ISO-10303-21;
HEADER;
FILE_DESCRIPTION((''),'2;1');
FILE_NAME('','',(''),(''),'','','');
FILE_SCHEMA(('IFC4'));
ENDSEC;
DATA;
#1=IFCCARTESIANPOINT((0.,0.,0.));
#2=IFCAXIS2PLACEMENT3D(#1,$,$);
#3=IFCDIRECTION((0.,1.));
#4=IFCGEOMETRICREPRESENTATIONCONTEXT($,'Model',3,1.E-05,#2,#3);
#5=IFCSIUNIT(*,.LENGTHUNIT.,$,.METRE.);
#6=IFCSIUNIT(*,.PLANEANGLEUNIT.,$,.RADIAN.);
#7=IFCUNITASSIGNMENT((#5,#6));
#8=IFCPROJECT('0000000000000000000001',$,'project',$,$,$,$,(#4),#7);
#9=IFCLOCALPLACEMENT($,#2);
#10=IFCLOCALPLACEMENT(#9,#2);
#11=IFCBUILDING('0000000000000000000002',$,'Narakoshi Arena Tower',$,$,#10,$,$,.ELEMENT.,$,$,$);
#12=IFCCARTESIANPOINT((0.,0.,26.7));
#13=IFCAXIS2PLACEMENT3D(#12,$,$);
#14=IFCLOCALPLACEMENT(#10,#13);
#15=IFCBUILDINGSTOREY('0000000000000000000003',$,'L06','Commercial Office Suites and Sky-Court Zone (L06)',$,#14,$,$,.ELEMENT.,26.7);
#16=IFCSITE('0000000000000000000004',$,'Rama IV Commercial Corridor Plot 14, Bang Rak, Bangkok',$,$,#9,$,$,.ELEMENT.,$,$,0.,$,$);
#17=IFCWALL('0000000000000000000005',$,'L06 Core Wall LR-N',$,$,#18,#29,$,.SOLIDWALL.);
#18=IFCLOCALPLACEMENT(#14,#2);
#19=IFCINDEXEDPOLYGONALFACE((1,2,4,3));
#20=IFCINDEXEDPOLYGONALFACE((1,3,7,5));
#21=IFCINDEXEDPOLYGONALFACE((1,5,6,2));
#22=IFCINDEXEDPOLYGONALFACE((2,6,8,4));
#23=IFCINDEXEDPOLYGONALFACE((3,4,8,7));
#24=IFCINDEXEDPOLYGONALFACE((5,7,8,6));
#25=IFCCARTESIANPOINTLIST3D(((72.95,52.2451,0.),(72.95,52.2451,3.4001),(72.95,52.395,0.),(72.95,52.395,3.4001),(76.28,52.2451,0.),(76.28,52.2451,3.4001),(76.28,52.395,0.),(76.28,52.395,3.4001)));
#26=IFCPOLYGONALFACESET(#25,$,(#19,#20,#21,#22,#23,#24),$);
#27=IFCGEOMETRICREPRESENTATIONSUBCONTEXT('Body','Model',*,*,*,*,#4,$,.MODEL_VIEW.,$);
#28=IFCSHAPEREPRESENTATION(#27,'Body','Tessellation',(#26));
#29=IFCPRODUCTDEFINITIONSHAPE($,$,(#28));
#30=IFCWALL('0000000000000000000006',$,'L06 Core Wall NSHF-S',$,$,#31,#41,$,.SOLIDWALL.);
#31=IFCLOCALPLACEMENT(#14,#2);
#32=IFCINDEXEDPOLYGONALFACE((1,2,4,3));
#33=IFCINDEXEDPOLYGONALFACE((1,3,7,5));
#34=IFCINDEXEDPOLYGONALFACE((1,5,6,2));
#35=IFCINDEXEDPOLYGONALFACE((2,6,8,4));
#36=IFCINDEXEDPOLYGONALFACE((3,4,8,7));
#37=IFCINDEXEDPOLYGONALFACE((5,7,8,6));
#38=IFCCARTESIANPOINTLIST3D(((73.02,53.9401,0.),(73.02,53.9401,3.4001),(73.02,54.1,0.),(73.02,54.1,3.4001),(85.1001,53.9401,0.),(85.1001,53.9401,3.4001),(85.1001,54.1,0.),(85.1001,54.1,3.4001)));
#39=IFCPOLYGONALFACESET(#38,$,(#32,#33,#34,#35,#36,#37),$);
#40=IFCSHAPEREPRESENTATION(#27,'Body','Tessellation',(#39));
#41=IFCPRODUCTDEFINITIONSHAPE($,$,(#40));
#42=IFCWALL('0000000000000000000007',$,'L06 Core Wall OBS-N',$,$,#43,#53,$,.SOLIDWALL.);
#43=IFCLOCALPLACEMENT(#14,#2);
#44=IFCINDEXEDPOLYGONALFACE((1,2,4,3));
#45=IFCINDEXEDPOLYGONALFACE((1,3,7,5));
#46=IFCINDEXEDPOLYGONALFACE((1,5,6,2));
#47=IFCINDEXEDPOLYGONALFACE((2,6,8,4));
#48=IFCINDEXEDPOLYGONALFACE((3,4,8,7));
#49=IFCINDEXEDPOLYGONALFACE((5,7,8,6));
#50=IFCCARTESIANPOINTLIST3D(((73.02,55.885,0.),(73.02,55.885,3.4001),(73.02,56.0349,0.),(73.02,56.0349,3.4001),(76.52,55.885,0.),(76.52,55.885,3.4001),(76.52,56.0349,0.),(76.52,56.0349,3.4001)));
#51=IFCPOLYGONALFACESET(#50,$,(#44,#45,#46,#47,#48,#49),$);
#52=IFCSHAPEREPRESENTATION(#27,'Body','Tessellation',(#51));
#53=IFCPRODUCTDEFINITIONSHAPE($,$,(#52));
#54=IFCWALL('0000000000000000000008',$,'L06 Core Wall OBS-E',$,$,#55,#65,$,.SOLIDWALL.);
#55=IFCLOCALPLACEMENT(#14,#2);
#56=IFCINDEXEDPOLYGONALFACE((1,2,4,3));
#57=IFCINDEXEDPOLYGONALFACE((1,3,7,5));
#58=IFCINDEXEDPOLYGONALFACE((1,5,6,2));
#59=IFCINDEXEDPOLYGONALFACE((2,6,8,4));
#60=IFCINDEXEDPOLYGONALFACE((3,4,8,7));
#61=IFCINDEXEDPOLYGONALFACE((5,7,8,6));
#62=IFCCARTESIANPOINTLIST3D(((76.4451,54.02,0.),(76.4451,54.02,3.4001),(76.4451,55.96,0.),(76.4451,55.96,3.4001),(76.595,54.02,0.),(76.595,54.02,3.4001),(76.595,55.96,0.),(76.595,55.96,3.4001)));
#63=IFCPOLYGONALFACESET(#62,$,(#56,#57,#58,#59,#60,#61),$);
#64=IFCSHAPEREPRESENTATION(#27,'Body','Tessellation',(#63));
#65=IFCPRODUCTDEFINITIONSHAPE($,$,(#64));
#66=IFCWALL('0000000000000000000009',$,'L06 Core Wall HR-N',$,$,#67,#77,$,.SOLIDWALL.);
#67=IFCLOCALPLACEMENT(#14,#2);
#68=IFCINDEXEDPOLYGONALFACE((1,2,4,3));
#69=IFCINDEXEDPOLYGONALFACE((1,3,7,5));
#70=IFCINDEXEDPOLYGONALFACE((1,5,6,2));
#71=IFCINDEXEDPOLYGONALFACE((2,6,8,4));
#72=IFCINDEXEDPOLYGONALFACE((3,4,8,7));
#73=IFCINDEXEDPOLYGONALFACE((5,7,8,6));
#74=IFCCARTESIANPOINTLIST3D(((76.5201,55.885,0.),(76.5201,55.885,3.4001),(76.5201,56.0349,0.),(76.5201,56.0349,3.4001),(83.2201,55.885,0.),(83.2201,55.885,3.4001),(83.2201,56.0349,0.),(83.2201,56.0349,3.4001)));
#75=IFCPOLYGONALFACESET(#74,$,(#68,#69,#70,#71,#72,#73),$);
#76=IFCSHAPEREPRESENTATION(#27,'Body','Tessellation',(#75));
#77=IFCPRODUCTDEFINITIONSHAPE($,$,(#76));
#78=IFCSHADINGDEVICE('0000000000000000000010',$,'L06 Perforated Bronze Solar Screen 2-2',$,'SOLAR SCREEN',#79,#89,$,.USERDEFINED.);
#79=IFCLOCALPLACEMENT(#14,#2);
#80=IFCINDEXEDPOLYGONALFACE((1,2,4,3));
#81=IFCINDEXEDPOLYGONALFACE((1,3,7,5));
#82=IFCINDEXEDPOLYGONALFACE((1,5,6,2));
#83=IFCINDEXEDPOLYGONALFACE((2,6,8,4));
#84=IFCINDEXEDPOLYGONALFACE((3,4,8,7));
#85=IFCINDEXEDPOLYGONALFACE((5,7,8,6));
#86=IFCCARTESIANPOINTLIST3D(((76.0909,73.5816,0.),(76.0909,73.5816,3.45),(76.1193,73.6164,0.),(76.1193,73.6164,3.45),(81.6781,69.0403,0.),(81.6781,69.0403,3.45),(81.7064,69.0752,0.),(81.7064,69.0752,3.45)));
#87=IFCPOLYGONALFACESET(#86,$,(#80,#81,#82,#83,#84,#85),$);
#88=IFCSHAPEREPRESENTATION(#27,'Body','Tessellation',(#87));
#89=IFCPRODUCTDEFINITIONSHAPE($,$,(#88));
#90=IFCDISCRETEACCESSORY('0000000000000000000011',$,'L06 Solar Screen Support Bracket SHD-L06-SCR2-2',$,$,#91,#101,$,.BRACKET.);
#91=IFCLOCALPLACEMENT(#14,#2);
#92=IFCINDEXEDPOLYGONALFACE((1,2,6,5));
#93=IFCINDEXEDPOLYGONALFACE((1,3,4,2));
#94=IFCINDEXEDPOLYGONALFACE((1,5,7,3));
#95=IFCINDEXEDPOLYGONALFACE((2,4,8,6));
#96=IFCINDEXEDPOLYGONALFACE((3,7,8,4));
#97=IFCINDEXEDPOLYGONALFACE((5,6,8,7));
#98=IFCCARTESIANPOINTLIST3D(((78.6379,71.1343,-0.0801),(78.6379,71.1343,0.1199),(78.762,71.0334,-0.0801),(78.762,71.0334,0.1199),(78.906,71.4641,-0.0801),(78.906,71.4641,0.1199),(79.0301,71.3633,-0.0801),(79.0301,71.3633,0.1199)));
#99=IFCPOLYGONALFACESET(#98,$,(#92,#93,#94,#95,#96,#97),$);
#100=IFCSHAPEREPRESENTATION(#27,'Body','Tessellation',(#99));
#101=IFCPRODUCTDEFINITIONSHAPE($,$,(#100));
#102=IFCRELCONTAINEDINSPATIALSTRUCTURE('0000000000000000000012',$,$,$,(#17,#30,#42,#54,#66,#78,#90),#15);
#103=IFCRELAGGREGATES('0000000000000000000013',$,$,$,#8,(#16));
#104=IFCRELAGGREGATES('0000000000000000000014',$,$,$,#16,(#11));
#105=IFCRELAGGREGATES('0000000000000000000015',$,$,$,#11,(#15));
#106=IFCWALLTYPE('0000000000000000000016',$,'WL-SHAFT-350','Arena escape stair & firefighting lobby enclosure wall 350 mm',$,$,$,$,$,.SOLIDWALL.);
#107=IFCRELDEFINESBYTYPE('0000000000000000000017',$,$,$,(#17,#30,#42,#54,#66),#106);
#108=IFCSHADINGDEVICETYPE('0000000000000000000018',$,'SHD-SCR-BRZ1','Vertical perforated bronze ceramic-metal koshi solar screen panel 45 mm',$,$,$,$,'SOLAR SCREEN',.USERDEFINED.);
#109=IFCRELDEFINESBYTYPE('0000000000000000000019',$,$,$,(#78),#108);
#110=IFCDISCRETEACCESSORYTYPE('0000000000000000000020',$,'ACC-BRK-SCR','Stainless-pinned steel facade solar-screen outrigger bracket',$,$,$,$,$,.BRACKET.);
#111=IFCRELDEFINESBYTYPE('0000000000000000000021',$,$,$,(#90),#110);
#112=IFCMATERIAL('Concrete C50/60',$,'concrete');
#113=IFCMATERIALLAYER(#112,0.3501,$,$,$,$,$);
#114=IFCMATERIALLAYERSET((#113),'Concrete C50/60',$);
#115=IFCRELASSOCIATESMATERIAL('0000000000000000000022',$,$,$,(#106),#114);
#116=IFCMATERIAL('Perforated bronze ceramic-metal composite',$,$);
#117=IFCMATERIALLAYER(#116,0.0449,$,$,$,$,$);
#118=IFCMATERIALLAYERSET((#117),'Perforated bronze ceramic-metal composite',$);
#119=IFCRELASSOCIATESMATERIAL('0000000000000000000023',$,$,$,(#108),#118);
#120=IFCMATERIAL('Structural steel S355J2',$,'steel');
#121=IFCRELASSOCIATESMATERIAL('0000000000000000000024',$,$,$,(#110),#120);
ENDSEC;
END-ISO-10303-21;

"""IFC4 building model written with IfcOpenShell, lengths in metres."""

from ifc_helpers import new_model, si_unit, direction, frame, frame_2d, origin, origin_2d, place, context, subcontext, project, spatial, rectangle, extrude, material, layer, layer_set, type_object, element, save


model = new_model("IFC4")

# Units and contexts
model_context = context("Model", 3, precision=1e-05, world=origin(), true_north=direction((0.0, 1.0)))
body_context = subcontext(model_context, "Body", "Model", "MODEL_VIEW")
ifc_project = project(units=[si_unit("LENGTHUNIT", "METRE"), si_unit("PLANEANGLEUNIT", "RADIAN")], contexts=[model_context])

# Site, building, storey
site_placement = place(None, origin())
site = spatial("IfcSite", under=ifc_project, at=site_placement, Name="Rama IV Commercial Corridor Plot 14, Bang Rak, Bangkok", CompositionType="ELEMENT", RefElevation=0.0)
building_placement = place(site_placement, origin())
building = spatial("IfcBuilding", under=site, at=building_placement, Name="Narakoshi Arena Tower", CompositionType="ELEMENT")
storey_placement = place(building_placement, frame((0.0, 0.0, 26.7)))
storey = spatial("IfcBuildingStorey", under=building, at=storey_placement, Name="L06", Description="Commercial Office Suites and Sky-Court Zone (L06)", CompositionType="ELEMENT", Elevation=26.7)

# Shared definitions
ifc_material_1 = material(Name="Structural steel S355J2", Category="steel")

# Walls
ifc_material_2 = material(Name="Concrete C50/60", Category="concrete")
ifc_layer_1 = layer(ifc_material_2, 0.3501)
ifc_layer_set_1 = layer_set([ifc_layer_1], Name="Concrete C50/60")
wall_type_1 = type_object("IfcWallType", Name="WL-SHAFT-350", Description="Arena escape stair & firefighting lobby enclosure wall 350 mm", PredefinedType="SOLIDWALL", material=ifc_layer_set_1)
wall_1_placement = place(storey_placement, frame((72.95, 52.3201, 0.0), z_axis=(0.0, 0.0, 1.0), x_axis=(1.0, 0.0, 0.0)))
element("IfcWall", 1, at=wall_1_placement, inside=storey, type_object=wall_type_1, Name="L06 Core Wall LR-N", PredefinedType="SOLIDWALL", context=body_context, shape_type="SweptSolid", body=[
    extrude(rectangle(XDim=3.3301, YDim=0.1499, at=frame_2d((1.665, 0.0))), origin(), (0.0, 0.0, 1.0), 3.4001),
])
wall_2_placement = place(storey_placement, frame((73.02, 54.02, 0.0), z_axis=(0.0, 0.0, 1.0), x_axis=(1.0, 0.0, 0.0)))
element("IfcWall", 2, at=wall_2_placement, inside=storey, type_object=wall_type_1, Name="L06 Core Wall NSHF-S", PredefinedType="SOLIDWALL", context=body_context, shape_type="SweptSolid", body=[
    extrude(rectangle(XDim=12.0801, YDim=0.1599, at=frame_2d((6.04, 0.0))), origin(), (0.0, 0.0, 1.0), 3.4001),
])
wall_3_placement = place(storey_placement, frame((73.02, 55.96, 0.0), z_axis=(0.0, 0.0, 1.0), x_axis=(1.0, 0.0, 0.0)))
element("IfcWall", 3, at=wall_3_placement, inside=storey, type_object=wall_type_1, Name="L06 Core Wall OBS-N", PredefinedType="SOLIDWALL", context=body_context, shape_type="SweptSolid", body=[
    extrude(rectangle(XDim=3.5, YDim=0.1499, at=frame_2d((1.75, 0.0))), origin(), (0.0, 0.0, 1.0), 3.4001),
])
wall_4_placement = place(storey_placement, frame((76.52, 54.02, 0.0), z_axis=(0.0, 0.0, 1.0), x_axis=(0.0, 1.0, 0.0)))
element("IfcWall", 4, at=wall_4_placement, inside=storey, type_object=wall_type_1, Name="L06 Core Wall OBS-E", PredefinedType="SOLIDWALL", context=body_context, shape_type="SweptSolid", body=[
    extrude(rectangle(XDim=1.9399, YDim=0.1499, at=frame_2d((0.97, 0.0))), origin(), (0.0, 0.0, 1.0), 3.4001),
])
wall_5_placement = place(storey_placement, frame((76.52, 55.96, 0.0), z_axis=(0.0, 0.0, 1.0), x_axis=(1.0, 0.0, 0.0)))
element("IfcWall", 5, at=wall_5_placement, inside=storey, type_object=wall_type_1, Name="L06 Core Wall HR-N", PredefinedType="SOLIDWALL", context=body_context, shape_type="SweptSolid", body=[
    extrude(rectangle(XDim=6.7, YDim=0.1499, at=frame_2d((3.3501, 0.0))), origin(), (0.0, 0.0, 1.0), 3.4001),
])

# Shading device
ifc_material_3 = material(Name="Perforated bronze ceramic-metal composite")
ifc_layer_2 = layer(ifc_material_3, 0.0449)
ifc_layer_set_2 = layer_set([ifc_layer_2], Name="Perforated bronze ceramic-metal composite")
shading_device_type = type_object("IfcShadingDeviceType", Name="SHD-SCR-BRZ1", Description="Vertical perforated bronze ceramic-metal koshi solar screen panel 45 mm", ElementType="SOLAR SCREEN", PredefinedType="USERDEFINED", material=ifc_layer_set_2)
shading_device_placement = place(storey_placement, frame((78.8987, 71.3284, 0.0), z_axis=(0.0, 0.0, 1.0), x_axis=(-0.776002, 0.63073, 0.0)))
element("IfcShadingDevice", 6, at=shading_device_placement, inside=storey, type_object=shading_device_type, Name="L06 Perforated Bronze Solar Screen 2-2", ObjectType="SOLAR SCREEN", PredefinedType="USERDEFINED", context=body_context, shape_type="SweptSolid", body=[
    extrude(rectangle(XDim=7.2, YDim=0.0449, at=origin_2d()), origin(), (0.0, 0.0, 1.0), 3.45),
])

# Discrete accessory
discrete_accessory_type = type_object("IfcDiscreteAccessoryType", Name="ACC-BRK-SCR", Description="Stainless-pinned steel facade solar-screen outrigger bracket", PredefinedType="BRACKET", material=ifc_material_1)
discrete_accessory_placement = place(storey_placement, frame((78.834, 71.2488, -0.0801), z_axis=(0.0, 0.0, 1.0), x_axis=(-0.776002, 0.63073, 0.0)))
element("IfcDiscreteAccessory", 7, at=discrete_accessory_placement, inside=storey, type_object=discrete_accessory_type, Name="L06 Solar Screen Support Bracket SHD-L06-SCR2-2", PredefinedType="BRACKET", context=body_context, shape_type="SweptSolid", body=[
    extrude(rectangle(XDim=0.1599, YDim=0.425, at=origin_2d()), origin(), (0.0, 0.0, 1.0), 0.2),
])

save(model, "model.ifc")
